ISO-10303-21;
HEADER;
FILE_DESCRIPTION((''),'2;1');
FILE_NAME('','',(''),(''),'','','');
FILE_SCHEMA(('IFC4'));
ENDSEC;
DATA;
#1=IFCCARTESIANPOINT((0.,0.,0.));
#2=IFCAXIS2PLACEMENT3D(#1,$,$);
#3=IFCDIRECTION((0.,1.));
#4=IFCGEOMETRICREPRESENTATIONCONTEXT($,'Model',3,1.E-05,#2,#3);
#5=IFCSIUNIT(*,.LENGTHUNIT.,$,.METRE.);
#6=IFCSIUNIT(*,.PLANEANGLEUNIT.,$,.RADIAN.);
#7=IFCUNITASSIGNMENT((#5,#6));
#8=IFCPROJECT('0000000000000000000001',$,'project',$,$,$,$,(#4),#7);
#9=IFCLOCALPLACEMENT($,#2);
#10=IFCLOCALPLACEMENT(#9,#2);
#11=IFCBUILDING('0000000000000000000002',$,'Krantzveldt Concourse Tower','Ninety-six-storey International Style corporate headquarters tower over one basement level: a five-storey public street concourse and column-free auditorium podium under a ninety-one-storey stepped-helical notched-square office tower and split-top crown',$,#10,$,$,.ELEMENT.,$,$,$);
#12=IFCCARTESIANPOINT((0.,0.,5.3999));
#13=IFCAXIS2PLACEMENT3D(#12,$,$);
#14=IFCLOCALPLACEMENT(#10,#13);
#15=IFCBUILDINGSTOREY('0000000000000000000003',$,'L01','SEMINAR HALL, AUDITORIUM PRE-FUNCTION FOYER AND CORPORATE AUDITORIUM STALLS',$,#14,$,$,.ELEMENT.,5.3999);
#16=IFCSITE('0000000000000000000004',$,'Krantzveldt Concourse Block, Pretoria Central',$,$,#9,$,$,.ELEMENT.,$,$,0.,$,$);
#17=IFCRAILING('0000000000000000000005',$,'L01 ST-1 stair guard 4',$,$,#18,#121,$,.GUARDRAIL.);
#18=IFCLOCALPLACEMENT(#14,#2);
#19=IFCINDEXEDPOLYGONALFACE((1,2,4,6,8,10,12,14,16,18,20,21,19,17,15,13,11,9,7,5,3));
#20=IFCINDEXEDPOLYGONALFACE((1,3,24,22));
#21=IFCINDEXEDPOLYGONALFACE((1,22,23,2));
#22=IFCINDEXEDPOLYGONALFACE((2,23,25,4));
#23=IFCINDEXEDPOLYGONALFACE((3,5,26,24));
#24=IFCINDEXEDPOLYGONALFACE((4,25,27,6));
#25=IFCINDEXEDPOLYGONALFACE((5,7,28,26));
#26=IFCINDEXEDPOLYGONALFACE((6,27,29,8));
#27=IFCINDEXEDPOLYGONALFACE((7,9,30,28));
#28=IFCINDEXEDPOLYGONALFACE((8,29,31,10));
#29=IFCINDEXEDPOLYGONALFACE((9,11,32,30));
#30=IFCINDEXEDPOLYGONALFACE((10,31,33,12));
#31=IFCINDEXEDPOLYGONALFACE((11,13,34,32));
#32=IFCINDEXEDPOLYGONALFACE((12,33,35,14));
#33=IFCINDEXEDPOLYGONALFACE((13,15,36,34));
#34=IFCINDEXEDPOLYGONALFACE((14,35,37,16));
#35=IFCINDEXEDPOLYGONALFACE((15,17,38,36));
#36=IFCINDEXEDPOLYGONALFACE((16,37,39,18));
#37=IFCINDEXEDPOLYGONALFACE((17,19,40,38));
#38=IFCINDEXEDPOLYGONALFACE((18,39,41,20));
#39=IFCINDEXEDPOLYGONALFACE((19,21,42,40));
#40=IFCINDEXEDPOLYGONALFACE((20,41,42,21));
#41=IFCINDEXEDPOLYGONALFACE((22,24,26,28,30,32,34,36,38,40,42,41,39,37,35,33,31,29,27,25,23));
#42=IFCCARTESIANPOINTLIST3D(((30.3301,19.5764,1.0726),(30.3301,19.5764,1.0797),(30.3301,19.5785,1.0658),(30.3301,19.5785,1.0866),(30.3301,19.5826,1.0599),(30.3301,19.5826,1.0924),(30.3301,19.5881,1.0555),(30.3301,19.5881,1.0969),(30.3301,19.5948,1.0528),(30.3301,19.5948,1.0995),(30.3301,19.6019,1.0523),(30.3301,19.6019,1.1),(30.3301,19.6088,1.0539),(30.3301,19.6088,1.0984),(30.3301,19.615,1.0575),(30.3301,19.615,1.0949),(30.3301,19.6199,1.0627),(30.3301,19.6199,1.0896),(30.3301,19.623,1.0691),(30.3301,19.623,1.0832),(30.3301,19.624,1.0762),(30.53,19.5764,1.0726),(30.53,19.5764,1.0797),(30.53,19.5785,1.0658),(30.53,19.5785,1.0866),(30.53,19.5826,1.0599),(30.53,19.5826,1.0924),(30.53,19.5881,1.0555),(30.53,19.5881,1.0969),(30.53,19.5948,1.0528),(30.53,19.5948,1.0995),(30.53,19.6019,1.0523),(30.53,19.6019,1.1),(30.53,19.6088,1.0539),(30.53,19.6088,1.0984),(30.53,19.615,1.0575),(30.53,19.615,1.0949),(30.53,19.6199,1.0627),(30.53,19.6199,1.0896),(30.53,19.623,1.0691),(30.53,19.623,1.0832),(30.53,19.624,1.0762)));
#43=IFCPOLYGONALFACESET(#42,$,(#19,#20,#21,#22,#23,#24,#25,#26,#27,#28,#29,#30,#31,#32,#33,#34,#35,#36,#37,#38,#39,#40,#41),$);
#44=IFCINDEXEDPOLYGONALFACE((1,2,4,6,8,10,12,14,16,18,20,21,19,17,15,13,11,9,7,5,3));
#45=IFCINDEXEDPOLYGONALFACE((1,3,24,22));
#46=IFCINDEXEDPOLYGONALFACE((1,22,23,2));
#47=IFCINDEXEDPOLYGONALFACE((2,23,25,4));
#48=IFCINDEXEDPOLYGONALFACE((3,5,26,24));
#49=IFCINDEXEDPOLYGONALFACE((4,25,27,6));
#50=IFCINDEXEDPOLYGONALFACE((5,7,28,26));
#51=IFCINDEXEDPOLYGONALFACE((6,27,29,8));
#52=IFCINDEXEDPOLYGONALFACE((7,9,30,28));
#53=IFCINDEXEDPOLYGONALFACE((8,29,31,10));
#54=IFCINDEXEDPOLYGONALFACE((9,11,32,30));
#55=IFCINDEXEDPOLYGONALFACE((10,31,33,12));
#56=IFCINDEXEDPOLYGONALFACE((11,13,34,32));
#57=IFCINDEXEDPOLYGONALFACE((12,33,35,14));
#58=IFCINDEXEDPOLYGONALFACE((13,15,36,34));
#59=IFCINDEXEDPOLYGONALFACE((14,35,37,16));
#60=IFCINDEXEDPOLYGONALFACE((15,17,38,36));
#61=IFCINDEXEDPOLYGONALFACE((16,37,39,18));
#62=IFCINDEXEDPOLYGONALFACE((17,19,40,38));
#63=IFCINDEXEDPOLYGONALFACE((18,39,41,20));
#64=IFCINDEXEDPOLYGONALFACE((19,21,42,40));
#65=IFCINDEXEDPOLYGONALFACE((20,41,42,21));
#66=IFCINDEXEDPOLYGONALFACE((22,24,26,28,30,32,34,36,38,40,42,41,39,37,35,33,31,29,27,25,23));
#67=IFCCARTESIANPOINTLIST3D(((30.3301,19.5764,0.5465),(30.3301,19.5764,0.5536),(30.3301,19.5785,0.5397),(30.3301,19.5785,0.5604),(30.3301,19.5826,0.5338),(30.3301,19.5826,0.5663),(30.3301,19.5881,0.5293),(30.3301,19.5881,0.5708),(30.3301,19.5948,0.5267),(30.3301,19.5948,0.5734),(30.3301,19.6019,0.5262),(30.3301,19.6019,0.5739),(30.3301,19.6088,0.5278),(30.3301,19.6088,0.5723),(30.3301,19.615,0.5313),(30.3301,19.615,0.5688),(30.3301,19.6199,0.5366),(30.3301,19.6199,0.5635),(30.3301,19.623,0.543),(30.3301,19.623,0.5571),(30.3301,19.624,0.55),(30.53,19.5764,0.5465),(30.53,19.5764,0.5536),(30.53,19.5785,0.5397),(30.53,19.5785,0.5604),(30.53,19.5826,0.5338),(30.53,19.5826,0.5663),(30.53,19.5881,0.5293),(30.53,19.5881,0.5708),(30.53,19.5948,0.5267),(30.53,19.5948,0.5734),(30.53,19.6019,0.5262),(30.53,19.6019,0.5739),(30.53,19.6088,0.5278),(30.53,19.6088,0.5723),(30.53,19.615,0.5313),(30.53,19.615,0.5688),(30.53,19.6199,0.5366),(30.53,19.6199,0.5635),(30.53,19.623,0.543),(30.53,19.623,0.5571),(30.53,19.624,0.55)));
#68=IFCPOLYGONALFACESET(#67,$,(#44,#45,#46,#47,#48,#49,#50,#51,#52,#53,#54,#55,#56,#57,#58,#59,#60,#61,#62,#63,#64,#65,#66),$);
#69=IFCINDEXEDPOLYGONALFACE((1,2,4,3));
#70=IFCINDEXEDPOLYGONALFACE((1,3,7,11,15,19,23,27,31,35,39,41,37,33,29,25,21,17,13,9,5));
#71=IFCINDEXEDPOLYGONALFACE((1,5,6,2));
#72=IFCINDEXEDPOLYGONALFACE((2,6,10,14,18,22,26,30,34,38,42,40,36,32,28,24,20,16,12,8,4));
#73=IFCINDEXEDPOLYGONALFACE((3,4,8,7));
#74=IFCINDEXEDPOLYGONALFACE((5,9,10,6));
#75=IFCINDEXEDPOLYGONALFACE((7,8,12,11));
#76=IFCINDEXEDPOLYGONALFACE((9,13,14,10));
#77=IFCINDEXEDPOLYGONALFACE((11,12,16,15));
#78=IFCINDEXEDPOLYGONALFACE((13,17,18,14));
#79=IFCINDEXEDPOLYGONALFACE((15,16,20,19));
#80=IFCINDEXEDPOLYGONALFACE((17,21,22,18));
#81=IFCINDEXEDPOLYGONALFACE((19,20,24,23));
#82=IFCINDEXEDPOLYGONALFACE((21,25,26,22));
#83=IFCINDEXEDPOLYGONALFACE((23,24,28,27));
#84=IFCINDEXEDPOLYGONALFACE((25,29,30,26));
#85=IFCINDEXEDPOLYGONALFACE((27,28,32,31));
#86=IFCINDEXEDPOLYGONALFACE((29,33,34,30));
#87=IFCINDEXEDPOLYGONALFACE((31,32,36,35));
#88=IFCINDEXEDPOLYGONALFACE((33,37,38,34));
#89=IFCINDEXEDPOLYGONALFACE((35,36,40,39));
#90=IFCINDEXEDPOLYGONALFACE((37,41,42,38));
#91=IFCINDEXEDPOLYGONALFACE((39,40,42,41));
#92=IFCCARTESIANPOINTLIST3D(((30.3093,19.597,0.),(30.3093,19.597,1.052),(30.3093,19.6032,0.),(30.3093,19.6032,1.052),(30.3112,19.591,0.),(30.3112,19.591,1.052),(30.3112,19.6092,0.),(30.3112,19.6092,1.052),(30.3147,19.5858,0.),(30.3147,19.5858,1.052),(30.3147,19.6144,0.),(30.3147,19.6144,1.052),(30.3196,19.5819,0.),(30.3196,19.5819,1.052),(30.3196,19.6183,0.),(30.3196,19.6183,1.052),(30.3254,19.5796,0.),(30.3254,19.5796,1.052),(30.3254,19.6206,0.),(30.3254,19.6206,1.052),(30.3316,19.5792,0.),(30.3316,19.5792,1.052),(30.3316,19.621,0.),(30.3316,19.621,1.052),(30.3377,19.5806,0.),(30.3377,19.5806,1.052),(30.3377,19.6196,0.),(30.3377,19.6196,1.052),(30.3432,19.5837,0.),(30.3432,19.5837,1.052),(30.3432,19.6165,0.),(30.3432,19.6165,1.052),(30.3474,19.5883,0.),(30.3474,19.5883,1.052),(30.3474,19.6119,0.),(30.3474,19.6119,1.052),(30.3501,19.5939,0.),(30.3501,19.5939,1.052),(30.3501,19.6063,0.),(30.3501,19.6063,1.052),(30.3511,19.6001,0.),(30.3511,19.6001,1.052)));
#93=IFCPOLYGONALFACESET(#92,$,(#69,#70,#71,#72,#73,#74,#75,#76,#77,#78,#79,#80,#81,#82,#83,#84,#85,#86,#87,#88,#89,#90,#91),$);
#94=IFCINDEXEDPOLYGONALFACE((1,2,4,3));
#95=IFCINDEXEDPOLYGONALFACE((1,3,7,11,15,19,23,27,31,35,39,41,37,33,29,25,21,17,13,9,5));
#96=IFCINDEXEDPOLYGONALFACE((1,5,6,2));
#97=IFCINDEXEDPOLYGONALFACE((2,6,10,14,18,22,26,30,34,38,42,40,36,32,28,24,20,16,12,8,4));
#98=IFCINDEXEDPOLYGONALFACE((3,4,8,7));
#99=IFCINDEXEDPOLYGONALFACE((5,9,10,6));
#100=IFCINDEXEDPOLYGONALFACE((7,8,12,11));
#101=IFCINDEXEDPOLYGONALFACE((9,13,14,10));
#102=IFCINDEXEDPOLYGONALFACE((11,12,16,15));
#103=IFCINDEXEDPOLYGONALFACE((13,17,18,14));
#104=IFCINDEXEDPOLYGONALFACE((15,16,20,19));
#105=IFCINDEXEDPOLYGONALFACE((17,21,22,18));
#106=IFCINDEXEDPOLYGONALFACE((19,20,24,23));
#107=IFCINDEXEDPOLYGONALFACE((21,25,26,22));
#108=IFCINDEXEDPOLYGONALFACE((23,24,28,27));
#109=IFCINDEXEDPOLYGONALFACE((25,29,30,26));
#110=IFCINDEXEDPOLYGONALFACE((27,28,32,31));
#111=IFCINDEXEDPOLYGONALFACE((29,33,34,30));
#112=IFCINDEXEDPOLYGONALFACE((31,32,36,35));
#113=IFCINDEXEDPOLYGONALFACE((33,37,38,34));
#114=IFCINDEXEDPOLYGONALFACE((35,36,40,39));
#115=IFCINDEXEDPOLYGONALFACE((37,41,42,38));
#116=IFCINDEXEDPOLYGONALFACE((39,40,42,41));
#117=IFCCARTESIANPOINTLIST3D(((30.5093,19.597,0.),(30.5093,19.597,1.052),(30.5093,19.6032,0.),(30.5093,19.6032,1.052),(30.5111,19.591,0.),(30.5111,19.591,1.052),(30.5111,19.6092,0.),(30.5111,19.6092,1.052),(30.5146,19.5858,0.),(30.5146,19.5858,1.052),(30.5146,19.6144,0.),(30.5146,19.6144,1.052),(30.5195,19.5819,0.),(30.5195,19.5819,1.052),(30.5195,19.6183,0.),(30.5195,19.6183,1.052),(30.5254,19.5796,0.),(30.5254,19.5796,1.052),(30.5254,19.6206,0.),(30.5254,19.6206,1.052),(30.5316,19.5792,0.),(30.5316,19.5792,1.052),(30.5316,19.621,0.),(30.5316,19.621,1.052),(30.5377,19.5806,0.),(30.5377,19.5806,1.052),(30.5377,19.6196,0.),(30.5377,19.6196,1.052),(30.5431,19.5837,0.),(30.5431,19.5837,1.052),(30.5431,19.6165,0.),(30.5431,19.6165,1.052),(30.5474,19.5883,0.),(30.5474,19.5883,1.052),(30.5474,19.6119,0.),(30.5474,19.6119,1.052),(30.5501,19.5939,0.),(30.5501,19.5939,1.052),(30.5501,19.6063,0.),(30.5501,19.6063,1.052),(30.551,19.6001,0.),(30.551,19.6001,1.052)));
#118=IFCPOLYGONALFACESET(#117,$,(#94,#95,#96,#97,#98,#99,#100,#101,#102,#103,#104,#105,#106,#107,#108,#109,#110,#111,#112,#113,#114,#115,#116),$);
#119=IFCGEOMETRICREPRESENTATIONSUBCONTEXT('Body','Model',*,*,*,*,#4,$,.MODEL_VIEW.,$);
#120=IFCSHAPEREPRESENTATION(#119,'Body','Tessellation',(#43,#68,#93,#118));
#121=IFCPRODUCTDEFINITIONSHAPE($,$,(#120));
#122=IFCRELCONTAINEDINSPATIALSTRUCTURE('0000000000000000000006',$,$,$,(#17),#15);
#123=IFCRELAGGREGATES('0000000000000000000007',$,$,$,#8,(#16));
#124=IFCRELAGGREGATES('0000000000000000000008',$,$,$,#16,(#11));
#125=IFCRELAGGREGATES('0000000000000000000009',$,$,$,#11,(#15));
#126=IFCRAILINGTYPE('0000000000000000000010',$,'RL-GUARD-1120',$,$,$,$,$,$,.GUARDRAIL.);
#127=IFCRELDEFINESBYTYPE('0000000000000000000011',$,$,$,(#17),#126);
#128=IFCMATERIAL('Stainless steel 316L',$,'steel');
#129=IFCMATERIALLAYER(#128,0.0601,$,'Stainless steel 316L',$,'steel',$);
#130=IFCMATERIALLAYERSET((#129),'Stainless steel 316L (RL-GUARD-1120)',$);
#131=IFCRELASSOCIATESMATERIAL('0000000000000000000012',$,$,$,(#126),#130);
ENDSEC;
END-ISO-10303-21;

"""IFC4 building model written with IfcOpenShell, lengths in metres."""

from ifc_helpers import new_model, si_unit, direction, frame, origin, origin_2d, place, context, subcontext, project, spatial, circle, extrude, material, layer, layer_set, type_object, element, save


model = new_model("IFC4")

# Units and contexts
model_context = context("Model", 3, precision=1e-05, world=origin(), true_north=direction((0.0, 1.0)))
body_context = subcontext(model_context, "Body", "Model", "MODEL_VIEW")
ifc_project = project(units=[si_unit("LENGTHUNIT", "METRE"), si_unit("PLANEANGLEUNIT", "RADIAN")], contexts=[model_context])

# Site, building, storey
site_placement = place(None, origin())
site = spatial("IfcSite", under=ifc_project, at=site_placement, Name="Krantzveldt Concourse Block, Pretoria Central", CompositionType="ELEMENT", RefElevation=0.0)
building_placement = place(site_placement, origin())
building = spatial("IfcBuilding", under=site, at=building_placement, Name="Krantzveldt Concourse Tower", Description="Ninety-six-storey International Style corporate headquarters tower over one basement level: a five-storey public street concourse and column-free auditorium podium under a ninety-one-storey stepped-helical notched-square office tower and split-top crown", CompositionType="ELEMENT")
storey_placement = place(building_placement, frame((0.0, 0.0, 5.3999)))
storey = spatial("IfcBuildingStorey", under=building, at=storey_placement, Name="L01", Description="SEMINAR HALL, AUDITORIUM PRE-FUNCTION FOYER AND CORPORATE AUDITORIUM STALLS", CompositionType="ELEMENT", Elevation=5.3999)

# Shared definitions
ifc_material_1 = material(Name="Stainless steel 316L", Category="steel")

# Railing
ifc_layer_1 = layer(ifc_material_1, 0.0601, Name="Stainless steel 316L", Category="steel")
ifc_layer_set_1 = layer_set([ifc_layer_1], Name="Stainless steel 316L (RL-GUARD-1120)")
railing_type_1 = type_object("IfcRailingType", Name="RL-GUARD-1120", PredefinedType="GUARDRAIL", material=ifc_layer_set_1)
railing_1_placement = place(storey_placement, frame((30.3301, 19.6001, 0.0)))
element("IfcRailing", 1, at=railing_1_placement, inside=storey, type_object=railing_type_1, Name="L01 ST-1 stair guard 4", PredefinedType="GUARDRAIL", context=body_context, shape_type="SweptSolid", body=[
    extrude(circle(Radius=0.0239, at=origin_2d()), frame((0.0, 0.0, 1.0762), z_axis=(1.0, 0.0, 0.0), x_axis=(0.0, 1.0, 0.0)), (0.0, 0.0, 1.0), 0.2),
    extrude(circle(Radius=0.0239, at=origin_2d()), frame((0.0, 0.0, 0.55), z_axis=(1.0, 0.0, 0.0), x_axis=(0.0, 1.0, 0.0)), (0.0, 0.0, 1.0), 0.2),
    extrude(circle(Radius=0.021, at=origin_2d()), origin(), (0.0, 0.0, 1.0), 1.052),
    extrude(circle(Radius=0.021, at=origin_2d()), frame((0.2, 0.0, 0.0)), (0.0, 0.0, 1.0), 1.052),
])

save(model, "model.ifc")
